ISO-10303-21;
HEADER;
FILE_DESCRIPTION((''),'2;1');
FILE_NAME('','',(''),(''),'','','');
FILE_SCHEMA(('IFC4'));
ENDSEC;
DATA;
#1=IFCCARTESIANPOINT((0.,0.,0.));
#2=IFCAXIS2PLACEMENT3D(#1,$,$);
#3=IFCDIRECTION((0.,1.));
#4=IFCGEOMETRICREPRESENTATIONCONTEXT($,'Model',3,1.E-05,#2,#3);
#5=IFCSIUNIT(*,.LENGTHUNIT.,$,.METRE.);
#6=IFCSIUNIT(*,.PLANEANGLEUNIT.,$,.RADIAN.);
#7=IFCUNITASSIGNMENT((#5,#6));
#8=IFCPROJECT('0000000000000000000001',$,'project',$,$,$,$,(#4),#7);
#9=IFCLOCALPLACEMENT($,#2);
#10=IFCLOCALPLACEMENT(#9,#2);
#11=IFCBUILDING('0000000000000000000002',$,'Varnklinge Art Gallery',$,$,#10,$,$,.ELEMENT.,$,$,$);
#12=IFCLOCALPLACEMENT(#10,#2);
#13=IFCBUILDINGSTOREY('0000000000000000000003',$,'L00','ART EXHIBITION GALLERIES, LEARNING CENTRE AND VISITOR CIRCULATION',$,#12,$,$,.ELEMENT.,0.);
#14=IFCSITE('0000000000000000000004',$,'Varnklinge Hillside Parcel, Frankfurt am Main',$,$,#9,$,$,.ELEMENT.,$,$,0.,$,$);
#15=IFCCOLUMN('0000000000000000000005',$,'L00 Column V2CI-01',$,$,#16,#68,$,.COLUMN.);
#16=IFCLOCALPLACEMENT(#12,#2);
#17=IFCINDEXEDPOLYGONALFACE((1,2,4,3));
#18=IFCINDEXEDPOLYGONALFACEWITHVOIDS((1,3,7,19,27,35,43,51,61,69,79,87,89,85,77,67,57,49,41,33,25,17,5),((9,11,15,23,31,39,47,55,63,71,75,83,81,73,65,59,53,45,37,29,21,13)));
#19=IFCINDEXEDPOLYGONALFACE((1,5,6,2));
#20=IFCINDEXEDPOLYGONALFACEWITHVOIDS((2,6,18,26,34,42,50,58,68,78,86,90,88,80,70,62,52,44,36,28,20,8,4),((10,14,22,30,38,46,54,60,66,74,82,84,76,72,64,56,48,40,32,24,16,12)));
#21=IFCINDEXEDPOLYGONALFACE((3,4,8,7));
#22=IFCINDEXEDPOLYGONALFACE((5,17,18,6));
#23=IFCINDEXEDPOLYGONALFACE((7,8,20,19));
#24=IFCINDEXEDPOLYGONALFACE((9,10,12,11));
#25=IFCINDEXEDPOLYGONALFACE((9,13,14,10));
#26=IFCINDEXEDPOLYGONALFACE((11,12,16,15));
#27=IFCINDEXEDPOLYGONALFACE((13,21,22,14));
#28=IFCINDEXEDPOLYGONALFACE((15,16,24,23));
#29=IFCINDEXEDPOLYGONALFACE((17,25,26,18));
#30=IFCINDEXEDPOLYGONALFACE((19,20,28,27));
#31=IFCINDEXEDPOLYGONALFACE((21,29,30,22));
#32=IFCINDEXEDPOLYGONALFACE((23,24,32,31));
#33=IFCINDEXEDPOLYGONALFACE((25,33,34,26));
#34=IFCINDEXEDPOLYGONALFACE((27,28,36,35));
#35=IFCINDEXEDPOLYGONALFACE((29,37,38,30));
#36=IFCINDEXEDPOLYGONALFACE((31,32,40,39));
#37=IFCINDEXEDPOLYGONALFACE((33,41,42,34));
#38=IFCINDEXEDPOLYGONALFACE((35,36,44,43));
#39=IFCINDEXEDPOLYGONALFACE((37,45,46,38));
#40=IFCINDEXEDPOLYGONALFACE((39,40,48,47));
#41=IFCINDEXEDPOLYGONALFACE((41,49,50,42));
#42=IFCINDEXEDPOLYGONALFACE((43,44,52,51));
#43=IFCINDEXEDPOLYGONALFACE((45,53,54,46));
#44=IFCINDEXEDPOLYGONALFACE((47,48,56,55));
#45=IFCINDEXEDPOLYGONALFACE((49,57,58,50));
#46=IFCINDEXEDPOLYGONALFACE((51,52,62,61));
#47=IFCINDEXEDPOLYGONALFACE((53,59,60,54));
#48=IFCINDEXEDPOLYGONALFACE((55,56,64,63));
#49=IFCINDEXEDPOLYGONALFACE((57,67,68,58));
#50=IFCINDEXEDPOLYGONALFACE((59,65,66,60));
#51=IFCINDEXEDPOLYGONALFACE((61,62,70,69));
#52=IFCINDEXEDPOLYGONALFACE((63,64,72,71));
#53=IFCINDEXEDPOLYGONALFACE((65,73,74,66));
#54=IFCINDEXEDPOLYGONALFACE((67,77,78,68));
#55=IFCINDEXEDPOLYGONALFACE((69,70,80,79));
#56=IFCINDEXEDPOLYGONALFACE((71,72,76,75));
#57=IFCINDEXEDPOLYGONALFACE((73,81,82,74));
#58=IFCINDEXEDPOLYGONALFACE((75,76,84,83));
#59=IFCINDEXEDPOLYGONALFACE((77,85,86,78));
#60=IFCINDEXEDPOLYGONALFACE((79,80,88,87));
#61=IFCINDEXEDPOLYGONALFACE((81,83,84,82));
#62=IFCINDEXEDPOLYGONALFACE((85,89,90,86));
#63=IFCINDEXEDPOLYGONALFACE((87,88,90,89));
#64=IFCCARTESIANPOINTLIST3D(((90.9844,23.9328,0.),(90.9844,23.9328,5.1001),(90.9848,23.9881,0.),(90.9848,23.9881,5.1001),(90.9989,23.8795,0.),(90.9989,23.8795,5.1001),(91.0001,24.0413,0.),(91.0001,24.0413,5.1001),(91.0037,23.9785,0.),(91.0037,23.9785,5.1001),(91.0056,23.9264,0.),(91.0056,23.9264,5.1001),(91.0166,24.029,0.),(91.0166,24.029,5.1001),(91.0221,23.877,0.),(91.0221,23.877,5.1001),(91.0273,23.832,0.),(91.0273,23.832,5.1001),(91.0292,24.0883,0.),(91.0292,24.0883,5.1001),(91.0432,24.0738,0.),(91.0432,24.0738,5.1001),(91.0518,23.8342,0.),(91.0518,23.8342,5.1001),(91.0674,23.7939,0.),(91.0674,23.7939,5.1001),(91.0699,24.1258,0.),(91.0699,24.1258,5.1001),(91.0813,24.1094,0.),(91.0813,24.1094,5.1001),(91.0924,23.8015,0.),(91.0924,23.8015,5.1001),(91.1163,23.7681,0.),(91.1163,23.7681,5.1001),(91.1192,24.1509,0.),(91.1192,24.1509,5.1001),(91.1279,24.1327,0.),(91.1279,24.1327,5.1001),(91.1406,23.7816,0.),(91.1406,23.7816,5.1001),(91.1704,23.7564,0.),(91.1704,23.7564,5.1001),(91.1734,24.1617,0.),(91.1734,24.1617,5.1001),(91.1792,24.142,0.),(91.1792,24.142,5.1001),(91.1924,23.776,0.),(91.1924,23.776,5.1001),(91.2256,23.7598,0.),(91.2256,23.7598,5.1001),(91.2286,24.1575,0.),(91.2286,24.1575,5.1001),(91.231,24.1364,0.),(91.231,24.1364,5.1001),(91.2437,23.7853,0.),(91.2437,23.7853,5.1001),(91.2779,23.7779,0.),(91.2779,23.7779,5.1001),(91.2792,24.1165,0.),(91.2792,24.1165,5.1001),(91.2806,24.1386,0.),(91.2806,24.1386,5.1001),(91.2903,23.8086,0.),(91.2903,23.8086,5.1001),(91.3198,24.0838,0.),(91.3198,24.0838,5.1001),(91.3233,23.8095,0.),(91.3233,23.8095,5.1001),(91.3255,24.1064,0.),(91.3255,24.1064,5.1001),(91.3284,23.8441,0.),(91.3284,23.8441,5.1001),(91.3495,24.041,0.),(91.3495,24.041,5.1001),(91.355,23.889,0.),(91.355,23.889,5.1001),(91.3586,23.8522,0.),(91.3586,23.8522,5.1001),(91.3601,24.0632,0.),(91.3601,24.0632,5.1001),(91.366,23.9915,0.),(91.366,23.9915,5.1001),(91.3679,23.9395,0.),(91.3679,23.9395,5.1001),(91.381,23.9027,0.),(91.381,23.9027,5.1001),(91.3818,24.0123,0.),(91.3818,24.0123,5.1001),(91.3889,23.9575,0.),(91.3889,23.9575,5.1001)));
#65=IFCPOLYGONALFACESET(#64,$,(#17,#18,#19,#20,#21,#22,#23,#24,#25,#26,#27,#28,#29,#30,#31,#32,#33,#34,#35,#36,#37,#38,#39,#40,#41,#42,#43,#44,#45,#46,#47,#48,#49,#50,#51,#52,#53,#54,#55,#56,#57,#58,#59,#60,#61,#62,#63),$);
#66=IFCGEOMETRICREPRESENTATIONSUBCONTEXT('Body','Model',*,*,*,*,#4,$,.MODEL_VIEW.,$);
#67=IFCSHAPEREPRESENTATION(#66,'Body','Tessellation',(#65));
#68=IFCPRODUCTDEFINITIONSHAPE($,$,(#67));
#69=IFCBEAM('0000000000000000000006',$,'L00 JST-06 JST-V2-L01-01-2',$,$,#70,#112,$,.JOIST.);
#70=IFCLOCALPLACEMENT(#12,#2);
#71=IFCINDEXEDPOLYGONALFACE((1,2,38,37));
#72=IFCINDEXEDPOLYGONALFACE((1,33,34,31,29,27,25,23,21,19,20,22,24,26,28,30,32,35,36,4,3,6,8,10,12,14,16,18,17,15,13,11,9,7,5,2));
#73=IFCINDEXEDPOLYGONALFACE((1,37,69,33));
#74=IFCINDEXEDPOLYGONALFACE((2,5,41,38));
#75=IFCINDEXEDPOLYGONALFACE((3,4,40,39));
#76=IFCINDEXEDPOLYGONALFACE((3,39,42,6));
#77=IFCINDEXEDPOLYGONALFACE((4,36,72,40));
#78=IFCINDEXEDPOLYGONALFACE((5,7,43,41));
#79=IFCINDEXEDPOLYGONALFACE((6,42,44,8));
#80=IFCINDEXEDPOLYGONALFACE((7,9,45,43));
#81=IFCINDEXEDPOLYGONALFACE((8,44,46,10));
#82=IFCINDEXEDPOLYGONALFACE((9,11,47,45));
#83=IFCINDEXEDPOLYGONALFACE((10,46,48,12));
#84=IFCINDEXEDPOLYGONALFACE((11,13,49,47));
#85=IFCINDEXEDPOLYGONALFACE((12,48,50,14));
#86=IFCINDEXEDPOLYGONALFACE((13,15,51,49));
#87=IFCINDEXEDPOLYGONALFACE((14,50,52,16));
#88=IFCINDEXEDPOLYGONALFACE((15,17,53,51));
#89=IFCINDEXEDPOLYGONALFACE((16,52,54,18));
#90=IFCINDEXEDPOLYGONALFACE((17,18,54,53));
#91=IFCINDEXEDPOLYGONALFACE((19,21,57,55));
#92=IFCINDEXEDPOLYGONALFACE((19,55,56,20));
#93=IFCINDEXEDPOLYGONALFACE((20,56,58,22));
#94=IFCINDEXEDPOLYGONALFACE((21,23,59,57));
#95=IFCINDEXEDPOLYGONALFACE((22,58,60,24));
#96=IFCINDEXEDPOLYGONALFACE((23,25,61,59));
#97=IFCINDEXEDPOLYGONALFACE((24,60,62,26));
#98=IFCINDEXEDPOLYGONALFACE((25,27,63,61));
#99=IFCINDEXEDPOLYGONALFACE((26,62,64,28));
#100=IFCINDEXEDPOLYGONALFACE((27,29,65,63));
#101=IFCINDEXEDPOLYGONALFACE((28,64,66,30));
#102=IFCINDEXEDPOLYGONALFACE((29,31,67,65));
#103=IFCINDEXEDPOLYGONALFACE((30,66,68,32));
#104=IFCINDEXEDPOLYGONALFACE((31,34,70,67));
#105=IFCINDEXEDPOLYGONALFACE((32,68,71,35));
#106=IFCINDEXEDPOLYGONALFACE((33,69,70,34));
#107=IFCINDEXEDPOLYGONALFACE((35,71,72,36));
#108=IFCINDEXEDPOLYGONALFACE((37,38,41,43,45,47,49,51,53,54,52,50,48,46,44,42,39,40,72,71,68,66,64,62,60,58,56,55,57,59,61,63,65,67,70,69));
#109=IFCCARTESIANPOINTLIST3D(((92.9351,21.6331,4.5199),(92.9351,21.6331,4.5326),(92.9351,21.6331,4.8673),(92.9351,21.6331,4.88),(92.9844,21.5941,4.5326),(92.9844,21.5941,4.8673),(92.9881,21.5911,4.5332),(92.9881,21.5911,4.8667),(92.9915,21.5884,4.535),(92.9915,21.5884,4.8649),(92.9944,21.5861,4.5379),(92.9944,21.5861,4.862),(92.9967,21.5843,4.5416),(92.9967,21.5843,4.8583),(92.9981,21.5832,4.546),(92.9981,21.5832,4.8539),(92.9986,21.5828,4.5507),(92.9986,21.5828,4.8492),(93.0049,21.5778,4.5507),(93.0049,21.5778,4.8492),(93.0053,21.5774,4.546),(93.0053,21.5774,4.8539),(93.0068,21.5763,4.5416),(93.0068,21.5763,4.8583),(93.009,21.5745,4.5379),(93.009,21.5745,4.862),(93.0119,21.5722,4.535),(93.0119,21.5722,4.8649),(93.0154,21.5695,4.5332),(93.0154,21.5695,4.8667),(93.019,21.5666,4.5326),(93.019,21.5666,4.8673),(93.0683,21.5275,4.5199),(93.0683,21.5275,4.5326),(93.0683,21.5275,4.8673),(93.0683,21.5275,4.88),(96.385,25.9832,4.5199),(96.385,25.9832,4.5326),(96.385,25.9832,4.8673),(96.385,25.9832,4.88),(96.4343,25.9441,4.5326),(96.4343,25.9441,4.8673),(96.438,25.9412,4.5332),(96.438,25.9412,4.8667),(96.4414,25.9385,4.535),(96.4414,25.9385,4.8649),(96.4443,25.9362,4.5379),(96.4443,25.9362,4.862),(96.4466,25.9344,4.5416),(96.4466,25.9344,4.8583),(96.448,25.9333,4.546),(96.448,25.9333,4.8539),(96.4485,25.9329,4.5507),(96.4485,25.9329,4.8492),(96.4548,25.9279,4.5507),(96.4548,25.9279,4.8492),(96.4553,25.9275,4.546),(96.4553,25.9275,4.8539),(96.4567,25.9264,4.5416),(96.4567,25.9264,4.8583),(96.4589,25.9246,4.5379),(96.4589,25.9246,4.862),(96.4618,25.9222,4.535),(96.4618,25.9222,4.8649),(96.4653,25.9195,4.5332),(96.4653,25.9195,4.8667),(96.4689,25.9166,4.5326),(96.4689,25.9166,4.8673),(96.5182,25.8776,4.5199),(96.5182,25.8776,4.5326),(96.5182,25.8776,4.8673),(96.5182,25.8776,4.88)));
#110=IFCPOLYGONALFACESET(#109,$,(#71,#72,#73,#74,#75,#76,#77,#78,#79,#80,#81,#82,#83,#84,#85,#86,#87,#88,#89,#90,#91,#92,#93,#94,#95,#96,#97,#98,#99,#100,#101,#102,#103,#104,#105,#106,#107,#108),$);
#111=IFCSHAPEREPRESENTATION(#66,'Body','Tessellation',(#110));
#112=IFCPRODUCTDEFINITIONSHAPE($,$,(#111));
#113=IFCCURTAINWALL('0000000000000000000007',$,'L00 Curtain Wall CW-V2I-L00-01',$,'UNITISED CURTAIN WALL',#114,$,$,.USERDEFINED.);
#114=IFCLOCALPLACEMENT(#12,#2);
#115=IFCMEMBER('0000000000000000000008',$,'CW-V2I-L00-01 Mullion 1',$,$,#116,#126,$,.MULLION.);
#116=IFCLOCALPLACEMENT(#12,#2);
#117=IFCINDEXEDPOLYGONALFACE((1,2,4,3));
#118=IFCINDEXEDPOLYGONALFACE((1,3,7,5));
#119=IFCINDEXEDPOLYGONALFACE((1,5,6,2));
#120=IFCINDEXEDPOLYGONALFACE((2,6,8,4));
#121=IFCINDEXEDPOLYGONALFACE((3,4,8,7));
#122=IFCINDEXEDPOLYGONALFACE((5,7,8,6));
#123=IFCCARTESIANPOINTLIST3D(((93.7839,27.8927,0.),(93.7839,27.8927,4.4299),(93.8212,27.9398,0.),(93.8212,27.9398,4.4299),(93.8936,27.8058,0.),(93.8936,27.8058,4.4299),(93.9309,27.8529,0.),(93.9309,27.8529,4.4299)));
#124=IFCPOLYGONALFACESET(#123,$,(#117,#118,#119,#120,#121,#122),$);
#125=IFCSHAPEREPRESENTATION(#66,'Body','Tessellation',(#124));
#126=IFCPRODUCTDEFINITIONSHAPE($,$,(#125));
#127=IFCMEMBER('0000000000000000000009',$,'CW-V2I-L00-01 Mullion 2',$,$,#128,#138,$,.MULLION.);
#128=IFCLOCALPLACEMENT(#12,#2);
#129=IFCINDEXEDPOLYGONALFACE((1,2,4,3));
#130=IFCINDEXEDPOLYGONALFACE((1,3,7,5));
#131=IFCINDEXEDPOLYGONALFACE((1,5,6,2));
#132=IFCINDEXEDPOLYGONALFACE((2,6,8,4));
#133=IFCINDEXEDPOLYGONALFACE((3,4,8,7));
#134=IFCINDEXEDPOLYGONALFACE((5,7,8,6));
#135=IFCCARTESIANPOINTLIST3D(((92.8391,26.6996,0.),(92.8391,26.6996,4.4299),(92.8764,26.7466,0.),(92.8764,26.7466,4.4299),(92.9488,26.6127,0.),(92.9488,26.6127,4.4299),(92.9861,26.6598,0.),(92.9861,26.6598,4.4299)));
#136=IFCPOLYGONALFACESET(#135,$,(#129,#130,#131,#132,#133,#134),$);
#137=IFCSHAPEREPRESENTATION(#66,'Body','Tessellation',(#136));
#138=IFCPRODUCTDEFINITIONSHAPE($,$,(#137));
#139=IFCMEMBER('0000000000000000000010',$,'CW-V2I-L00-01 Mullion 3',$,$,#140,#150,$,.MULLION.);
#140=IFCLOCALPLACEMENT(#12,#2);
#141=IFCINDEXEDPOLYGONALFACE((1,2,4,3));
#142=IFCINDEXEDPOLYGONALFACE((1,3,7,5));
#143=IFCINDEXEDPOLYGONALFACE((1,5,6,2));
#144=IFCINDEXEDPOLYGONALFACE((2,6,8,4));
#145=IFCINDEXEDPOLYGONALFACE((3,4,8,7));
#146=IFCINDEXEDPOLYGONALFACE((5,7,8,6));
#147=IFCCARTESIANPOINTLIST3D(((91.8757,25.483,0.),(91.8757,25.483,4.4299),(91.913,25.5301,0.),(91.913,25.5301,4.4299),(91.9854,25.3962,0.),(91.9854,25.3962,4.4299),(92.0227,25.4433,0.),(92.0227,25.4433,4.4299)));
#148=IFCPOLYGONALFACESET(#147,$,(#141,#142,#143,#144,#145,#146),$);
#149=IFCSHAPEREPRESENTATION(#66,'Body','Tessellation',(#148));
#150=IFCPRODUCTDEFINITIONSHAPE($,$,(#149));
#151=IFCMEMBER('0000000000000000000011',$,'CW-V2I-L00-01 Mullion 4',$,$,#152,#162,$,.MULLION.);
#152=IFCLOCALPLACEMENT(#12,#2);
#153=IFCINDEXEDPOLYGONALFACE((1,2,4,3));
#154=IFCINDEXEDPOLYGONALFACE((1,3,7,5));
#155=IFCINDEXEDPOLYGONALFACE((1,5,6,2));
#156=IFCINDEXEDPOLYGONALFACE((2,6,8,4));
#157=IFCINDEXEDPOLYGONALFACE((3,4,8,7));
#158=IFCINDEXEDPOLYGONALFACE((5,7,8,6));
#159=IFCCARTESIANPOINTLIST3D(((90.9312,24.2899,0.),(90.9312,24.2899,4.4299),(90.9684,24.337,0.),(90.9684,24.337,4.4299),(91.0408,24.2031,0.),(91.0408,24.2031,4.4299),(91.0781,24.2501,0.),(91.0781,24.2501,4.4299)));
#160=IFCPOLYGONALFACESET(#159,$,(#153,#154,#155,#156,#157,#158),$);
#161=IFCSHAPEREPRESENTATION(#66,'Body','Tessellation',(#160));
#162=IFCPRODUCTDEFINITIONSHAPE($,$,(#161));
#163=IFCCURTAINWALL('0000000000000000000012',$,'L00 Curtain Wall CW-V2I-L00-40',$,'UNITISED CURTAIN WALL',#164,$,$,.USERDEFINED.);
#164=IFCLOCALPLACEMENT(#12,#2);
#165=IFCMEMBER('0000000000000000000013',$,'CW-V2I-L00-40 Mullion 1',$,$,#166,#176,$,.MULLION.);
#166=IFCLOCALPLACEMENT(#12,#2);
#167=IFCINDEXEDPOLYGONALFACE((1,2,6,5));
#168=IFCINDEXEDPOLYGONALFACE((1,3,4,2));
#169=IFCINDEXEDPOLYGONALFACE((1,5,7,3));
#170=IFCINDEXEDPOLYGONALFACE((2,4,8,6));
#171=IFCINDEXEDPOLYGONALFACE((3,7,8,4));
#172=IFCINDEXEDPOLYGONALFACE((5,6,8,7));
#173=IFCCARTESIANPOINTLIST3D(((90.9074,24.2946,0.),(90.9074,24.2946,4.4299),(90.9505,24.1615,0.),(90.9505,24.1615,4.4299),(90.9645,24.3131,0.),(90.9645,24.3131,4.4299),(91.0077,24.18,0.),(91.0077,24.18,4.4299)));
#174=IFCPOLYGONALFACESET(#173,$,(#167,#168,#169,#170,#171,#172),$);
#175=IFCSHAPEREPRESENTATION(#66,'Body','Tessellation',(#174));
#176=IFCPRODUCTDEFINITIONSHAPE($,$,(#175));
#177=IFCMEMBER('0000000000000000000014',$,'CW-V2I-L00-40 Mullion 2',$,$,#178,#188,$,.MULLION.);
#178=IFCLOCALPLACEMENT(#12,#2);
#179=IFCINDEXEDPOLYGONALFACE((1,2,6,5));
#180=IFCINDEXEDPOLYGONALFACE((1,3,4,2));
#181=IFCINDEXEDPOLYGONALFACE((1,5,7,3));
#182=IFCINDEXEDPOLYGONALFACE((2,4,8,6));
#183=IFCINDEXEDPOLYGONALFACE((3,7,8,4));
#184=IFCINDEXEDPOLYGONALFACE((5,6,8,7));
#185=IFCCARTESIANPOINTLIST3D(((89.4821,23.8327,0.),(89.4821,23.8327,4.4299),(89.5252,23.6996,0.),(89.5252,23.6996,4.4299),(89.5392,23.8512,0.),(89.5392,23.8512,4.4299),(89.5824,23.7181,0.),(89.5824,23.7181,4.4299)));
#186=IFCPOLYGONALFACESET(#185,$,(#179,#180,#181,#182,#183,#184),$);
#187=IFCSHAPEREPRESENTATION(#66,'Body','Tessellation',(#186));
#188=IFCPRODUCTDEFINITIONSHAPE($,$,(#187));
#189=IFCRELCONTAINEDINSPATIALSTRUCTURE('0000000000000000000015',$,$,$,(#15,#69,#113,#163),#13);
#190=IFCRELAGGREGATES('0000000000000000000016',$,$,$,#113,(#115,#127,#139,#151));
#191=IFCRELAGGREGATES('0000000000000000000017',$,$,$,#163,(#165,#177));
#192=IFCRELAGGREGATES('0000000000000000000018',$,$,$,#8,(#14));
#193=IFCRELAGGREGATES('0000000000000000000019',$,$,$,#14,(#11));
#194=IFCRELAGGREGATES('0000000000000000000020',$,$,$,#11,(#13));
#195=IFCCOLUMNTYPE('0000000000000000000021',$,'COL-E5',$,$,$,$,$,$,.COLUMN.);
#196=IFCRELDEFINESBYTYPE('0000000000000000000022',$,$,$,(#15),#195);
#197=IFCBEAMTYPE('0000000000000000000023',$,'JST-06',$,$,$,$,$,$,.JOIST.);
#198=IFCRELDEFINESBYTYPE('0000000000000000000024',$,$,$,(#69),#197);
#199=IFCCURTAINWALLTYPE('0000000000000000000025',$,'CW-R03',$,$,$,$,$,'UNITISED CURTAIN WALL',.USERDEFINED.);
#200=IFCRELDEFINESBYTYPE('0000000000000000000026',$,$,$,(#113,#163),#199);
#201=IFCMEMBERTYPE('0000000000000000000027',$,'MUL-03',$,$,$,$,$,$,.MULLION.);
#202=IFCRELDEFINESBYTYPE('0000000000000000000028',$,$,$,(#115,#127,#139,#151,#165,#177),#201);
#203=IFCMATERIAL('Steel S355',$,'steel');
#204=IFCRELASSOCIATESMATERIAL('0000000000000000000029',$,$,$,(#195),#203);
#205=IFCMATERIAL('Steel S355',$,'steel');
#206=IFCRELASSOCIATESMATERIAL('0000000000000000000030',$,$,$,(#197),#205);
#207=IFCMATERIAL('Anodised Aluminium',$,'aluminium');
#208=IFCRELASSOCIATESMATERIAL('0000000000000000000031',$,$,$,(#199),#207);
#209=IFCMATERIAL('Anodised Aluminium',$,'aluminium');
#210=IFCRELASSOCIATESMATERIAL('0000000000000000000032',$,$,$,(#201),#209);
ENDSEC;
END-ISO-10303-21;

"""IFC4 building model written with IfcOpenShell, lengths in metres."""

from ifc_helpers import new_model, si_unit, direction, frame, origin, origin_2d, place, context, subcontext, project, spatial, rectangle, hollow_circle, i_section, extrude, material, material_profile, profile_set, type_object, element, aggregate, save


model = new_model("IFC4")

# Units and contexts
model_context = context("Model", 3, precision=1e-05, world=origin(), true_north=direction((0.0, 1.0)))
body_context = subcontext(model_context, "Body", "Model", "MODEL_VIEW")
ifc_project = project(units=[si_unit("LENGTHUNIT", "METRE"), si_unit("PLANEANGLEUNIT", "RADIAN")], contexts=[model_context])

# Site, building, storey
site_placement = place(None, origin())
site = spatial("IfcSite", under=ifc_project, at=site_placement, Name="Varnklinge Hillside Parcel, Frankfurt am Main", CompositionType="ELEMENT", RefElevation=0.0)
building_placement = place(site_placement, origin())
building = spatial("IfcBuilding", under=site, at=building_placement, Name="Varnklinge Art Gallery", CompositionType="ELEMENT")
storey_placement = place(building_placement, origin())
storey = spatial("IfcBuildingStorey", under=building, at=storey_placement, Name="L00", Description="ART EXHIBITION GALLERIES, LEARNING CENTRE AND VISITOR CIRCULATION", CompositionType="ELEMENT", Elevation=0.0)

# Column
ifc_material_1 = material(Name="Steel S355", Category="steel")
ifc_material_profile_1 = material_profile(ifc_material_1, hollow_circle(Radius=0.2031, WallThickness=0.02, at=origin_2d()), Name="CHS 406.4x20")
ifc_profile_set_1 = profile_set([ifc_material_profile_1], Name="Steel S355")
column_type = type_object("IfcColumnType", Name="COL-E5", PredefinedType="COLUMN", material=ifc_profile_set_1)
column_placement = place(storey_placement, frame((91.1858, 23.959, 0.0), z_axis=(0.0, 0.0, 1.0), x_axis=(-0.57057, 0.821249, 0.0)))
element("IfcColumn", 1, at=column_placement, inside=storey, type_object=column_type, Name="L00 Column V2CI-01", PredefinedType="COLUMN", context=body_context, shape_type="SweptSolid", body=[
    extrude(hollow_circle(Radius=0.2031, WallThickness=0.02, at=origin_2d()), origin(), (0.0, 0.0, 1.0), 5.1001),
])

# Beam
ifc_material_2 = material(Name="Steel S355", Category="steel")
ifc_material_profile_2 = material_profile(ifc_material_2, i_section(OverallWidth=0.1699, OverallDepth=0.3601, WebThickness=0.0081, FlangeThickness=0.0127, FilletRadius=0.0181, at=origin_2d()), Name="IPE 360")
ifc_profile_set_2 = profile_set([ifc_material_profile_2], Name="Steel S355")
beam_type_1 = type_object("IfcBeamType", Name="JST-06", PredefinedType="JOIST", material=ifc_profile_set_2)
beam_1_placement = place(storey_placement, frame((93.0017, 21.5803, 4.7), z_axis=(0.621381, 0.783509, 0.0), x_axis=(-0.783509, 0.621381, 0.0)))
element("IfcBeam", 2, at=beam_1_placement, inside=storey, type_object=beam_type_1, Name="L00 JST-06 JST-V2-L01-01-2", PredefinedType="JOIST", context=body_context, shape_type="SweptSolid", body=[
    extrude(i_section(OverallWidth=0.1699, OverallDepth=0.3601, WebThickness=0.0081, FlangeThickness=0.0127, FilletRadius=0.0181, at=origin_2d()), origin(), (0.0, 0.0, 1.0), 5.552),
])

# Curtain walls, members
ifc_material_3 = material(Name="Anodised Aluminium", Category="aluminium")
curtain_wall_type = type_object("IfcCurtainWallType", Name="CW-R03", ElementType="UNITISED CURTAIN WALL", PredefinedType="USERDEFINED", material=ifc_material_3)
curtain_wall_1_placement = place(storey_placement, origin())
curtain_wall_1 = element("IfcCurtainWall", 3, at=curtain_wall_1_placement, inside=storey, type_object=curtain_wall_type, Name="L00 Curtain Wall CW-V2I-L00-01", ObjectType="UNITISED CURTAIN WALL", PredefinedType="USERDEFINED")
ifc_material_4 = material(Name="Anodised Aluminium", Category="aluminium")
ifc_material_profile_3 = material_profile(ifc_material_4, rectangle(XDim=0.0601, YDim=0.1399, at=origin_2d()), Name="ALU 60x140")
ifc_profile_set_3 = profile_set([ifc_material_profile_3], Name="Anodised Aluminium")
member_type_1 = type_object("IfcMemberType", Name="MUL-03", PredefinedType="MULLION", material=ifc_profile_set_3)
member_1_placement = place(storey_placement, frame((93.8574, 27.8728, 0.0), z_axis=(0.0, 0.0, 1.0), x_axis=(-0.620737, -0.784019, 0.0)))
member_1 = element("IfcMember", 4, at=member_1_placement, type_object=member_type_1, Name="CW-V2I-L00-01 Mullion 1", PredefinedType="MULLION", context=body_context, shape_type="SweptSolid", body=[
    extrude(rectangle(XDim=0.0601, YDim=0.1399, at=origin_2d()), origin(), (0.0, 0.0, 1.0), 4.4299),
])
member_2_placement = place(storey_placement, frame((92.9126, 26.6797, 0.0), z_axis=(0.0, 0.0, 1.0), x_axis=(-0.620737, -0.784019, 0.0)))
member_2 = element("IfcMember", 5, at=member_2_placement, type_object=member_type_1, Name="CW-V2I-L00-01 Mullion 2", PredefinedType="MULLION", context=body_context, shape_type="SweptSolid", body=[
    extrude(rectangle(XDim=0.0601, YDim=0.1399, at=origin_2d()), origin(), (0.0, 0.0, 1.0), 4.4299),
])
member_3_placement = place(storey_placement, frame((91.9492, 25.4631, 0.0), z_axis=(0.0, 0.0, 1.0), x_axis=(-0.620737, -0.784019, 0.0)))
member_3 = element("IfcMember", 6, at=member_3_placement, type_object=member_type_1, Name="CW-V2I-L00-01 Mullion 3", PredefinedType="MULLION", context=body_context, shape_type="SweptSolid", body=[
    extrude(rectangle(XDim=0.0601, YDim=0.1399, at=origin_2d()), origin(), (0.0, 0.0, 1.0), 4.4299),
])
member_4_placement = place(storey_placement, frame((91.0046, 24.27, 0.0), z_axis=(0.0, 0.0, 1.0), x_axis=(-0.620737, -0.784019, 0.0)))
member_4 = element("IfcMember", 7, at=member_4_placement, type_object=member_type_1, Name="CW-V2I-L00-01 Mullion 4", PredefinedType="MULLION", context=body_context, shape_type="SweptSolid", body=[
    extrude(rectangle(XDim=0.0601, YDim=0.1399, at=origin_2d()), origin(), (0.0, 0.0, 1.0), 4.4299),
])
curtain_wall_2_placement = place(storey_placement, origin())
curtain_wall_2 = element("IfcCurtainWall", 8, at=curtain_wall_2_placement, inside=storey, type_object=curtain_wall_type, Name="L00 Curtain Wall CW-V2I-L00-40", ObjectType="UNITISED CURTAIN WALL", PredefinedType="USERDEFINED")
member_5_placement = place(storey_placement, frame((90.9575, 24.2373, 0.0), z_axis=(0.0, 0.0, 1.0), x_axis=(-0.951272, -0.308353, 0.0)))
member_5 = element("IfcMember", 9, at=member_5_placement, type_object=member_type_1, Name="CW-V2I-L00-40 Mullion 1", PredefinedType="MULLION", context=body_context, shape_type="SweptSolid", body=[
    extrude(rectangle(XDim=0.0601, YDim=0.1399, at=origin_2d()), origin(), (0.0, 0.0, 1.0), 4.4299),
])
member_6_placement = place(storey_placement, frame((89.5322, 23.7754, 0.0), z_axis=(0.0, 0.0, 1.0), x_axis=(-0.951272, -0.308353, 0.0)))
member_6 = element("IfcMember", 10, at=member_6_placement, type_object=member_type_1, Name="CW-V2I-L00-40 Mullion 2", PredefinedType="MULLION", context=body_context, shape_type="SweptSolid", body=[
    extrude(rectangle(XDim=0.0601, YDim=0.1399, at=origin_2d()), origin(), (0.0, 0.0, 1.0), 4.4299),
])

aggregate(curtain_wall_1, [member_1, member_2, member_3, member_4])
aggregate(curtain_wall_2, [member_5, member_6])

save(model, "model.ifc")
